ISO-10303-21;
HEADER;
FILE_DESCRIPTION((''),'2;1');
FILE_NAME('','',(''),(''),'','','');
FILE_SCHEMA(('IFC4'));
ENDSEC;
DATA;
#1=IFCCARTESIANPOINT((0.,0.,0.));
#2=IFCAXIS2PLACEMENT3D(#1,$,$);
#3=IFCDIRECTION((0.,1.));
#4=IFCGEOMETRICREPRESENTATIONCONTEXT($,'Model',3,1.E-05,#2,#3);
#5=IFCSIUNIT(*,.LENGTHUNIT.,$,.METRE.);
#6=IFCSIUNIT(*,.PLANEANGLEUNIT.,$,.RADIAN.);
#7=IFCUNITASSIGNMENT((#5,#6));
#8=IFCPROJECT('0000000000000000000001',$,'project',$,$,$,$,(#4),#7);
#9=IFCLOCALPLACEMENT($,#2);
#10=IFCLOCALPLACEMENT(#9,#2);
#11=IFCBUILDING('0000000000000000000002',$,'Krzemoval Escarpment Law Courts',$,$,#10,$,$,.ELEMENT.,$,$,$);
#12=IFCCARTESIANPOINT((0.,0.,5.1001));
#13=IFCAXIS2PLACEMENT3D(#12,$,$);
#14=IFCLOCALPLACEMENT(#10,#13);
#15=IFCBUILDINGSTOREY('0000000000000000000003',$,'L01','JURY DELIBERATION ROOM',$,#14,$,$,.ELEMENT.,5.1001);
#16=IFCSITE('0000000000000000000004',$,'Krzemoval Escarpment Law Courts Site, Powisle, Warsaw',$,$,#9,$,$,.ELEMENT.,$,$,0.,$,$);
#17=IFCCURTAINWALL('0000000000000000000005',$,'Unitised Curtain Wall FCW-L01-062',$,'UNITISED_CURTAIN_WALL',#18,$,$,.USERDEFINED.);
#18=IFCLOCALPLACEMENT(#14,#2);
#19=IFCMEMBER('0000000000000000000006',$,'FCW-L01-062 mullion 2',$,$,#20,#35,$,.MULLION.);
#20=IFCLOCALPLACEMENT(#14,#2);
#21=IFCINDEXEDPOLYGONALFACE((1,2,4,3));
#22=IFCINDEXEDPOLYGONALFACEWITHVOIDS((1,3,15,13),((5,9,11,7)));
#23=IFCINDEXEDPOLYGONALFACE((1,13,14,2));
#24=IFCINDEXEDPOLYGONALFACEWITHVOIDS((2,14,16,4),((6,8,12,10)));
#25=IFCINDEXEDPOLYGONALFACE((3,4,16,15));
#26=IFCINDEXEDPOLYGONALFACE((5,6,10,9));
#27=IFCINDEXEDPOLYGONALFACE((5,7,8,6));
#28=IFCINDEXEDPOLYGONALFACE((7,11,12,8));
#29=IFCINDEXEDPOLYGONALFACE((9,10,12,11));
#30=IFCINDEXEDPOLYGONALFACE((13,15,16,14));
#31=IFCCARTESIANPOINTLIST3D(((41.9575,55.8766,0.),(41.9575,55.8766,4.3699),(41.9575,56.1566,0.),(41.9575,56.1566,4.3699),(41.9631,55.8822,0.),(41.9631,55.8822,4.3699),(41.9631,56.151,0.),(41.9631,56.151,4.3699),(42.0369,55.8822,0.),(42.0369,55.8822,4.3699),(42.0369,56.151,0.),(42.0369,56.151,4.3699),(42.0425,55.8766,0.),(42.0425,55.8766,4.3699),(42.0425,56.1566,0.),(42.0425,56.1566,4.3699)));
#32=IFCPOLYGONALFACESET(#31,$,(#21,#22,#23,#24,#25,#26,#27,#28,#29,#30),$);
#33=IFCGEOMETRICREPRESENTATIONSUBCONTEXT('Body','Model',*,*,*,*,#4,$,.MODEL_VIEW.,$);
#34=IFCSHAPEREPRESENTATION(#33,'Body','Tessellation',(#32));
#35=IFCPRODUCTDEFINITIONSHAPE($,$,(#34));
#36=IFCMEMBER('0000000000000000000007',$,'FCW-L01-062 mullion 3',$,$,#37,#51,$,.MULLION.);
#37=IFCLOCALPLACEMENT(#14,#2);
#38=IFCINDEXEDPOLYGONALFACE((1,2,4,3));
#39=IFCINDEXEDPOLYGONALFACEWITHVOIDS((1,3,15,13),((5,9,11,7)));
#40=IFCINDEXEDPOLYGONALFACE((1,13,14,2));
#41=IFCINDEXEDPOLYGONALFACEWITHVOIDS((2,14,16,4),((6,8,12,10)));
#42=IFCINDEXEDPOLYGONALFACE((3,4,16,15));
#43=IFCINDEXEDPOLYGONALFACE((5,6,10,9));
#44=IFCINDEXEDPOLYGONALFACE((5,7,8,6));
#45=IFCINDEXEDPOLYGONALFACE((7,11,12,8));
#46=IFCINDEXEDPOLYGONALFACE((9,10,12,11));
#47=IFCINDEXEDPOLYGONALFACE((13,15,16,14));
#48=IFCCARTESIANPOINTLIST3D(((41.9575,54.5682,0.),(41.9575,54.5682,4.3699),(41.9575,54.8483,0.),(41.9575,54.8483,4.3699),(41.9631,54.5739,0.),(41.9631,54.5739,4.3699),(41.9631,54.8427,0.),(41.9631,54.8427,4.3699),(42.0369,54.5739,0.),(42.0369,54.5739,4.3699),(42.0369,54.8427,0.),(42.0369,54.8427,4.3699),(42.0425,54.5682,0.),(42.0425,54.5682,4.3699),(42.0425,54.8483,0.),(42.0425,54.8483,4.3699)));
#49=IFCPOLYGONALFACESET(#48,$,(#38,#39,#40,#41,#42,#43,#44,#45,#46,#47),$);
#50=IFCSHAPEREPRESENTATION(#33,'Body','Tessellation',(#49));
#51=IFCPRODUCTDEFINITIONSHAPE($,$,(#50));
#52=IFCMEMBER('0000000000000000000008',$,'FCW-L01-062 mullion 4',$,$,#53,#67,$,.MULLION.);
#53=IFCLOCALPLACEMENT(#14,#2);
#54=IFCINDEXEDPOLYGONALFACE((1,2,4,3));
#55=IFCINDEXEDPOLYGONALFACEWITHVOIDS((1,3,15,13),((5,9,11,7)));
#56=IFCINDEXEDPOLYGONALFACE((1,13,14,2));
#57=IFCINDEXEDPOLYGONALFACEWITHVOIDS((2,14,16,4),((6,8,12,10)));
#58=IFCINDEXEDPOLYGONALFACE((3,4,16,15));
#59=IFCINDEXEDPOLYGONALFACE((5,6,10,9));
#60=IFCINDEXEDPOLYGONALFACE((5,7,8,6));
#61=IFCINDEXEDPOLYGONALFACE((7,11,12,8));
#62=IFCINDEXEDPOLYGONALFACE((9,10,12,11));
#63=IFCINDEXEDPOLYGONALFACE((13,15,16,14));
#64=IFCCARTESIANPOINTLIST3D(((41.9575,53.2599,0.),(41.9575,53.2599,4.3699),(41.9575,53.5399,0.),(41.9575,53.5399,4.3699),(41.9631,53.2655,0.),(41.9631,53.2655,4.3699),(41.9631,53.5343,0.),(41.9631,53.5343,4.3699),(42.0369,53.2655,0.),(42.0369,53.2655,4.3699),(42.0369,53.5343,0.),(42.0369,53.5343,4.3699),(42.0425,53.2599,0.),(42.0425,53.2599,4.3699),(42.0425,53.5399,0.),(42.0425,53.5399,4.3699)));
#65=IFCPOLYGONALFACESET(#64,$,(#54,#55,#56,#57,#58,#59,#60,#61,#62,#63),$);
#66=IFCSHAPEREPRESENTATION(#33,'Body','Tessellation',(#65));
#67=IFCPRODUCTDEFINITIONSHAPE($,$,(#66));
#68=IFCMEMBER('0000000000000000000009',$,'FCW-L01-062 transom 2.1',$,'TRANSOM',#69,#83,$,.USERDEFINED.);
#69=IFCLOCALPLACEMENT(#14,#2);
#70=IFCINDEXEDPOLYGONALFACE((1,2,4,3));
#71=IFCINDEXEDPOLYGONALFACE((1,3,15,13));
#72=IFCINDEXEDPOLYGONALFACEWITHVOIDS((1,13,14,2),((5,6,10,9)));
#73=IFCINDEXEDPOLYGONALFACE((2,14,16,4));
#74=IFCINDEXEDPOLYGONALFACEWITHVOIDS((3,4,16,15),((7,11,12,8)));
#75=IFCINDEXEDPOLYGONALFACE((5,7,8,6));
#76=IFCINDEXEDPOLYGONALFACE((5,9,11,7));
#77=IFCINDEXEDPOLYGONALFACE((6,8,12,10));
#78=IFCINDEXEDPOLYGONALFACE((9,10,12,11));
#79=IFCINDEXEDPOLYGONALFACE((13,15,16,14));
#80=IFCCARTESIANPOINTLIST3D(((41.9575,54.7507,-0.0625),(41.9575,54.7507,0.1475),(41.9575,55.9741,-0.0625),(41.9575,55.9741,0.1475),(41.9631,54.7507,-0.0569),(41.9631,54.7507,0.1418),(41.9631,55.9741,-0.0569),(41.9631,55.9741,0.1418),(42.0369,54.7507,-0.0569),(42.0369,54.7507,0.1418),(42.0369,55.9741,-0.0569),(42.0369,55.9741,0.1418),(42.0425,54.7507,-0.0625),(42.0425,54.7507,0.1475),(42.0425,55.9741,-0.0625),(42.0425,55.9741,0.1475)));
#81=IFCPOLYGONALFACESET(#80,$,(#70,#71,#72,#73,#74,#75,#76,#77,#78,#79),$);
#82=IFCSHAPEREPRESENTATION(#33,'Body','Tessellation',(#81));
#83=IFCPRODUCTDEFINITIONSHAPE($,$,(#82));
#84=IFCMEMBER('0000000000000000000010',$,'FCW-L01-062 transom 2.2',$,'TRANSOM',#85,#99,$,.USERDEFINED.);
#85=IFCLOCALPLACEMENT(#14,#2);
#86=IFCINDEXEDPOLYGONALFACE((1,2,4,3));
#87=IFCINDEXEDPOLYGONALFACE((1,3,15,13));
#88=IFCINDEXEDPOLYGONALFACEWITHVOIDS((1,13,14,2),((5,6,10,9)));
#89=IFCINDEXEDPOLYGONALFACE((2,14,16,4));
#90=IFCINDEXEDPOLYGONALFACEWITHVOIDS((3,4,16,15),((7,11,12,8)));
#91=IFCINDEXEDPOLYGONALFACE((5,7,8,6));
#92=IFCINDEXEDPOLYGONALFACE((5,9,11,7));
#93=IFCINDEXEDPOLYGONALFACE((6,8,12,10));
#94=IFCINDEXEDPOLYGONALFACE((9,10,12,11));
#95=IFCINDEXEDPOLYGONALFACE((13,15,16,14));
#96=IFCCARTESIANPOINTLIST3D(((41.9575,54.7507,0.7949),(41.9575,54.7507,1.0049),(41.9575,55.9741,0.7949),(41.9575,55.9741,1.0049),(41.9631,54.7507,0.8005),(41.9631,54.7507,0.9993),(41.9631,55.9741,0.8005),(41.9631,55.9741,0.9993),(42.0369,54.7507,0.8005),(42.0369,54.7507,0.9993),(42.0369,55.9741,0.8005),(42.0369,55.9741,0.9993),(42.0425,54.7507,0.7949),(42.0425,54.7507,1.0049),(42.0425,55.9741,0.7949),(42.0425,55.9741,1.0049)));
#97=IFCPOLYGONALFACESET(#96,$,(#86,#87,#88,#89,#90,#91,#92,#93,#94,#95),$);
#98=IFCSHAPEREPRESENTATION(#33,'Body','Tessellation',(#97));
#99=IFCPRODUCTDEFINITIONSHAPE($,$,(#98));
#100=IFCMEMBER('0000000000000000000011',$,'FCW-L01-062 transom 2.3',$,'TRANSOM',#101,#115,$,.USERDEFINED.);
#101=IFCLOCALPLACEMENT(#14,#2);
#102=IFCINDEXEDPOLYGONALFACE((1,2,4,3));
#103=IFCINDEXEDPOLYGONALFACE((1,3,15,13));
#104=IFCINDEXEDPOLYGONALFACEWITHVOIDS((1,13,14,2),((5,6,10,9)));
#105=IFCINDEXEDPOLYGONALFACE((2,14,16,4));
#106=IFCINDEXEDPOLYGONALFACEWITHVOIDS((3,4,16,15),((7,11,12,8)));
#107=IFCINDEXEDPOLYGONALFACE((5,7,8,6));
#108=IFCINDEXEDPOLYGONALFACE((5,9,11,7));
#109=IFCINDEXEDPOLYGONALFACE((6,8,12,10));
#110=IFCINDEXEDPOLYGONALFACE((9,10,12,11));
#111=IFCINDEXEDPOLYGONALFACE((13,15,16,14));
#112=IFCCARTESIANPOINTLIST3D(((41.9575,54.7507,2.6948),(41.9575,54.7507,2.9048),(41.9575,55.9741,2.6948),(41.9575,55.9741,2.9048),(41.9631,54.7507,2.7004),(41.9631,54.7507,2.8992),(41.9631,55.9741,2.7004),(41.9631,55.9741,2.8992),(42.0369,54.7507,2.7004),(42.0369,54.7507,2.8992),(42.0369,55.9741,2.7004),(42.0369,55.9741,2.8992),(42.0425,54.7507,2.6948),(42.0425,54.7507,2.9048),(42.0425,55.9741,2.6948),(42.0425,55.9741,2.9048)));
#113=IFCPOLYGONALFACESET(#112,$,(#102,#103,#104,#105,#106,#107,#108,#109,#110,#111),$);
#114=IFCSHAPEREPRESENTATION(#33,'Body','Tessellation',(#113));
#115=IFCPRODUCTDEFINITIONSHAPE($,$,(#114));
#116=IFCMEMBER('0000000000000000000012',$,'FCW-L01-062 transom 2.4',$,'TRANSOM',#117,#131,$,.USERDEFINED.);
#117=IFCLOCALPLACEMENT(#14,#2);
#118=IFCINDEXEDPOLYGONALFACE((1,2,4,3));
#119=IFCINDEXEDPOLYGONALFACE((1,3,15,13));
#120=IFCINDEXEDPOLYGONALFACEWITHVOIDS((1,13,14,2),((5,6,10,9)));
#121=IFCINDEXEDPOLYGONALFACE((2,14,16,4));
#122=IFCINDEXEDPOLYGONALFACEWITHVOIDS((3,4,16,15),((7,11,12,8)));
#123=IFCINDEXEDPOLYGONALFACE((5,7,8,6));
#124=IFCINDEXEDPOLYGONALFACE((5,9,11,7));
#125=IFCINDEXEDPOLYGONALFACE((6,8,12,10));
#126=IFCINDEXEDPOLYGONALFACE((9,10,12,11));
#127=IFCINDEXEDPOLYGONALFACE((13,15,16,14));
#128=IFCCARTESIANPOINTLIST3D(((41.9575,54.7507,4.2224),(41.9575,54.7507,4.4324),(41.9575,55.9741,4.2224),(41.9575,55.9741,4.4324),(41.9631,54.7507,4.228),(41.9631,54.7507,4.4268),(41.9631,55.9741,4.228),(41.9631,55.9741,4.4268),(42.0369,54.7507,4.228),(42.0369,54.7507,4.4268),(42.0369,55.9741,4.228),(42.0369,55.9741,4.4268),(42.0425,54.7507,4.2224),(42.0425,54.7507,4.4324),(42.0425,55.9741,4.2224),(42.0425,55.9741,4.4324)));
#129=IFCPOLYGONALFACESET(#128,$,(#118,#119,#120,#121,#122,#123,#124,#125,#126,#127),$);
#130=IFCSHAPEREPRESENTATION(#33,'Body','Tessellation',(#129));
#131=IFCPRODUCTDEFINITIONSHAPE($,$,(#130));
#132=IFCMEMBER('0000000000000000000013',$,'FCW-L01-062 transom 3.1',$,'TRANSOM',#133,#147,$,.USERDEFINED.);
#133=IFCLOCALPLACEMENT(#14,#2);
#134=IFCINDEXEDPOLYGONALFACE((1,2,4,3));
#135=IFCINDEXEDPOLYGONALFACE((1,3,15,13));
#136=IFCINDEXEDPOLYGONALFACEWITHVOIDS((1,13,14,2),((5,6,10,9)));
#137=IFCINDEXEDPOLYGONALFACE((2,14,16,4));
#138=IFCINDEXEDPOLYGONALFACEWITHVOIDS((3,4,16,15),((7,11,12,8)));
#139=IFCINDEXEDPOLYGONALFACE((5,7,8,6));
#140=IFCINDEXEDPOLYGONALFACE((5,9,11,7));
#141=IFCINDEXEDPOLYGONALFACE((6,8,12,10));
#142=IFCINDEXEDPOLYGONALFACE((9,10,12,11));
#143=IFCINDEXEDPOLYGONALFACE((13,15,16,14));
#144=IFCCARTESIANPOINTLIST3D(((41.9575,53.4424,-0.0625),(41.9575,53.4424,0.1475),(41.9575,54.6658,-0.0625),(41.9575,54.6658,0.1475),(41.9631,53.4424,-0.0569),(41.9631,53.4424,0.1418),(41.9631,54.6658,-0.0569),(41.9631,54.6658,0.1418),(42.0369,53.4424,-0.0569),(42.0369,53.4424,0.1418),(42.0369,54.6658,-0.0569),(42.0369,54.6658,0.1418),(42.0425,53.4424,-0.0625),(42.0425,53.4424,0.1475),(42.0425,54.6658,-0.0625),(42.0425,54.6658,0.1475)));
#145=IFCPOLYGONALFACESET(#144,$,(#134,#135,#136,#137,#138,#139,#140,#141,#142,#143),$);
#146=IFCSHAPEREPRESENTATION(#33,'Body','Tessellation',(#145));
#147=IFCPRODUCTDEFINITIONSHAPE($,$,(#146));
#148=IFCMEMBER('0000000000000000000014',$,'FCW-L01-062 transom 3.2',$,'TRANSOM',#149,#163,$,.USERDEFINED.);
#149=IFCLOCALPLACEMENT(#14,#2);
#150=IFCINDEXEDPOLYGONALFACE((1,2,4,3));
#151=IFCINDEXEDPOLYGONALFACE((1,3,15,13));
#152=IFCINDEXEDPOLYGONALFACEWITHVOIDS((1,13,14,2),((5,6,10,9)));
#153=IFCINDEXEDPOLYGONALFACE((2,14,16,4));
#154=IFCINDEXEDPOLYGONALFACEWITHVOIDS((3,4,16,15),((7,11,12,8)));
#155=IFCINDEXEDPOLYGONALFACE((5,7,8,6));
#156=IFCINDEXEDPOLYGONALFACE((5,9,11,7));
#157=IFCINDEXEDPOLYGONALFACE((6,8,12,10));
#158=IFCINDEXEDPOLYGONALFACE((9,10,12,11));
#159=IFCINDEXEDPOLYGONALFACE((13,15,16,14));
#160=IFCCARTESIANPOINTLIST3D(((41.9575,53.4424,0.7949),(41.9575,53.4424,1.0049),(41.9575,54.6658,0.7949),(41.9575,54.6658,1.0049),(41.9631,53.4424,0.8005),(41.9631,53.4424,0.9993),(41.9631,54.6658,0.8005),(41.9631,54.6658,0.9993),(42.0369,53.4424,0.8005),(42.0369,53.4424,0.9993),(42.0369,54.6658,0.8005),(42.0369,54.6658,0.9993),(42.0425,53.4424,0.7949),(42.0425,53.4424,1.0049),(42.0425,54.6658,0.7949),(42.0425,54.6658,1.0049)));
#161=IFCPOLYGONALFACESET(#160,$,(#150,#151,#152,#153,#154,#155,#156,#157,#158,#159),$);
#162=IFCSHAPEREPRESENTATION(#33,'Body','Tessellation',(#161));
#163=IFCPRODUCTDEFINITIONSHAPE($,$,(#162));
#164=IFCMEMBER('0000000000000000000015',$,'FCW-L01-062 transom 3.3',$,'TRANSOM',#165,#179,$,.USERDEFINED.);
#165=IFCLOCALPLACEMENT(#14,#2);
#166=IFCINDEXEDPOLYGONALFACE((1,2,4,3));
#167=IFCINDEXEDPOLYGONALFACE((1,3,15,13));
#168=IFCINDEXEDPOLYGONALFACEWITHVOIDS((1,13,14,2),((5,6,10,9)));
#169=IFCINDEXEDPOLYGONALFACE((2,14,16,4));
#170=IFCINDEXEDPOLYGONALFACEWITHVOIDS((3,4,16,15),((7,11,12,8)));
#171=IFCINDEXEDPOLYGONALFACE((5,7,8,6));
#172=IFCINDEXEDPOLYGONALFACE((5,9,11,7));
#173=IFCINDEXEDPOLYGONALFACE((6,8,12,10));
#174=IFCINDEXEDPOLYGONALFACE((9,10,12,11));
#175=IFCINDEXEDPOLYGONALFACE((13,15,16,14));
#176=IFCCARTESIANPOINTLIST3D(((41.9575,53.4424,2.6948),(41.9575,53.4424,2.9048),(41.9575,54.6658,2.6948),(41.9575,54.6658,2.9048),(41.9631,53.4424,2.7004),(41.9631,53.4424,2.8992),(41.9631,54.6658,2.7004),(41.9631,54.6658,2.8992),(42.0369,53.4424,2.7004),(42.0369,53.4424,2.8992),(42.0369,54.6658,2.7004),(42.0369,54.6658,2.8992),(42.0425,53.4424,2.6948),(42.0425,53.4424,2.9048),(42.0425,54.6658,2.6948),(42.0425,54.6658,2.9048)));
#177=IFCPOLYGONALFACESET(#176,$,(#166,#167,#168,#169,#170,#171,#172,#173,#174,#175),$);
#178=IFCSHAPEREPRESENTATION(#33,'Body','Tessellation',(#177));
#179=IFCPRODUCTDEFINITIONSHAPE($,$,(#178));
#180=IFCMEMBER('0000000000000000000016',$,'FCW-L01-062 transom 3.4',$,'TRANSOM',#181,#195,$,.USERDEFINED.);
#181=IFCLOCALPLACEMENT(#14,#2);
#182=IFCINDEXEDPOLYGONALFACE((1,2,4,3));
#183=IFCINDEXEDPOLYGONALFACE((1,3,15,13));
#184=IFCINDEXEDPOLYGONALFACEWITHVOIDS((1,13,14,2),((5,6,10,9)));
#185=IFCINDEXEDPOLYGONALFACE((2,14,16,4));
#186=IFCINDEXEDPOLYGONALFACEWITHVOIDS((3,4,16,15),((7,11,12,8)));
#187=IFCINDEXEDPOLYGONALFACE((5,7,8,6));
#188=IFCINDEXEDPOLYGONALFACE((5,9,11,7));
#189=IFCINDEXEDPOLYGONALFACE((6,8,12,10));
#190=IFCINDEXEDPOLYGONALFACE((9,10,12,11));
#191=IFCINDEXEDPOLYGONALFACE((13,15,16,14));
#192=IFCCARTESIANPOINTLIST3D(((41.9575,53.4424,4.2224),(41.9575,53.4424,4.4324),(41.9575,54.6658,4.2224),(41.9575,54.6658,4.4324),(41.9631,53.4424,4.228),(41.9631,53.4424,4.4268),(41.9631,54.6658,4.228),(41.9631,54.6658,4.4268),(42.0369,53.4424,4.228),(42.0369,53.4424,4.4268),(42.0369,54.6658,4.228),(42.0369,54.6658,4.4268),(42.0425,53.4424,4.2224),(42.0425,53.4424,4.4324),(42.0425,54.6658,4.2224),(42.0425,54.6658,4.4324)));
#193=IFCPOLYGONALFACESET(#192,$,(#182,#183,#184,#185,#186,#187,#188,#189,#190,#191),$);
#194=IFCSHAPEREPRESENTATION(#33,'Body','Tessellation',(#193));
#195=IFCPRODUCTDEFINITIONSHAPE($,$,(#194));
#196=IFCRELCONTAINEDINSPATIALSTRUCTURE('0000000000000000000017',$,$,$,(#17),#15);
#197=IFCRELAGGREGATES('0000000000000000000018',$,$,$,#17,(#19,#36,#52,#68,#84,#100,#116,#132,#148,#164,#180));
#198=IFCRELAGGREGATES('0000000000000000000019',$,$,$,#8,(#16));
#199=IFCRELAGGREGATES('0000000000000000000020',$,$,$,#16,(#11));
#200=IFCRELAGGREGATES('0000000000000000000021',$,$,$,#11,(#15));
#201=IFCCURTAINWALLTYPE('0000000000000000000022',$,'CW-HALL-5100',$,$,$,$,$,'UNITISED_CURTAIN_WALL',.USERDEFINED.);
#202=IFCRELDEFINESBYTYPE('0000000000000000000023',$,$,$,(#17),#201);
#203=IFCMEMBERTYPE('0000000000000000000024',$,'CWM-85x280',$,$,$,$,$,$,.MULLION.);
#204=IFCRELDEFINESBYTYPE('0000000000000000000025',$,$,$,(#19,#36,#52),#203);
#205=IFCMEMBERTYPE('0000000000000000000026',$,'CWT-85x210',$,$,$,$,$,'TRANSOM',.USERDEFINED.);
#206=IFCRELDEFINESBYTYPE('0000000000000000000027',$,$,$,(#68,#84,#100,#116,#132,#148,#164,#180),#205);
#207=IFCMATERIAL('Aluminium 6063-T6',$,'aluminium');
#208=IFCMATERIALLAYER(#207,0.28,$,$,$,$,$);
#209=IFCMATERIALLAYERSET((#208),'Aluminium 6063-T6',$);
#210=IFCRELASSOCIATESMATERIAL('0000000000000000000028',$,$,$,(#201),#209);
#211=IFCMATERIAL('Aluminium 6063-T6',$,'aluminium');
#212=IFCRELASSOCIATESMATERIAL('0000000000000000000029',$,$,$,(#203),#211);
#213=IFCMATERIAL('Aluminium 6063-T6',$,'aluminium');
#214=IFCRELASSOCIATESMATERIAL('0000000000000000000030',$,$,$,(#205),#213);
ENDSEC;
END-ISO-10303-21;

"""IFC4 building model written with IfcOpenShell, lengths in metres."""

from ifc_helpers import new_model, si_unit, direction, frame, origin, origin_2d, place, context, subcontext, project, spatial, hollow_rectangle, extrude, material, layer, layer_set, material_profile, profile_set, type_object, element, aggregate, save


model = new_model("IFC4")

# Units and contexts
model_context = context("Model", 3, precision=1e-05, world=origin(), true_north=direction((0.0, 1.0)))
body_context = subcontext(model_context, "Body", "Model", "MODEL_VIEW")
ifc_project = project(units=[si_unit("LENGTHUNIT", "METRE"), si_unit("PLANEANGLEUNIT", "RADIAN")], contexts=[model_context])

# Site, building, storey
site_placement = place(None, origin())
site = spatial("IfcSite", under=ifc_project, at=site_placement, Name="Krzemoval Escarpment Law Courts Site, Powisle, Warsaw", CompositionType="ELEMENT", RefElevation=0.0)
building_placement = place(site_placement, origin())
building = spatial("IfcBuilding", under=site, at=building_placement, Name="Krzemoval Escarpment Law Courts", CompositionType="ELEMENT")
storey_placement = place(building_placement, frame((0.0, 0.0, 5.1001)))
storey = spatial("IfcBuildingStorey", under=building, at=storey_placement, Name="L01", Description="JURY DELIBERATION ROOM", CompositionType="ELEMENT", Elevation=5.1001)

# Curtain wall, members
ifc_material_1 = material(Name="Aluminium 6063-T6", Category="aluminium")
ifc_layer_1 = layer(ifc_material_1, 0.28)
ifc_layer_set_1 = layer_set([ifc_layer_1], Name="Aluminium 6063-T6")
curtain_wall_type = type_object("IfcCurtainWallType", Name="CW-HALL-5100", ElementType="UNITISED_CURTAIN_WALL", PredefinedType="USERDEFINED", material=ifc_layer_set_1)
curtain_wall_placement = place(storey_placement, origin())
curtain_wall = element("IfcCurtainWall", 1, at=curtain_wall_placement, inside=storey, type_object=curtain_wall_type, Name="Unitised Curtain Wall FCW-L01-062", ObjectType="UNITISED_CURTAIN_WALL", PredefinedType="USERDEFINED")
ifc_material_2 = material(Name="Aluminium 6063-T6", Category="aluminium")
ifc_material_profile_1 = material_profile(ifc_material_2, hollow_rectangle(XDim=0.085, YDim=0.28, WallThickness=0.0056, at=origin_2d()), Name="ALU M85x280")
ifc_profile_set_1 = profile_set([ifc_material_profile_1], Name="Aluminium 6063-T6")
member_type_1 = type_object("IfcMemberType", Name="CWM-85x280", PredefinedType="MULLION", material=ifc_profile_set_1)
member_1_placement = place(storey_placement, frame((42.0, 56.0166, 0.0), z_axis=(0.0, 0.0, 1.0), x_axis=(1.0, 0.0, 0.0)))
member_1 = element("IfcMember", 2, at=member_1_placement, type_object=member_type_1, Name="FCW-L01-062 mullion 2", PredefinedType="MULLION", context=body_context, shape_type="SweptSolid", body=[
    extrude(hollow_rectangle(XDim=0.085, YDim=0.28, WallThickness=0.0056, at=origin_2d()), origin(), (0.0, 0.0, 1.0), 4.3699),
])
member_2_placement = place(storey_placement, frame((42.0, 54.7083, 0.0), z_axis=(0.0, 0.0, 1.0), x_axis=(1.0, 0.0, 0.0)))
member_2 = element("IfcMember", 3, at=member_2_placement, type_object=member_type_1, Name="FCW-L01-062 mullion 3", PredefinedType="MULLION", context=body_context, shape_type="SweptSolid", body=[
    extrude(hollow_rectangle(XDim=0.085, YDim=0.28, WallThickness=0.0056, at=origin_2d()), origin(), (0.0, 0.0, 1.0), 4.3699),
])
member_3_placement = place(storey_placement, frame((42.0, 53.3999, 0.0), z_axis=(0.0, 0.0, 1.0), x_axis=(1.0, 0.0, 0.0)))
member_3 = element("IfcMember", 4, at=member_3_placement, type_object=member_type_1, Name="FCW-L01-062 mullion 4", PredefinedType="MULLION", context=body_context, shape_type="SweptSolid", body=[
    extrude(hollow_rectangle(XDim=0.085, YDim=0.28, WallThickness=0.0056, at=origin_2d()), origin(), (0.0, 0.0, 1.0), 4.3699),
])
ifc_material_3 = material(Name="Aluminium 6063-T6", Category="aluminium")
ifc_material_profile_2 = material_profile(ifc_material_3, hollow_rectangle(XDim=0.085, YDim=0.21, WallThickness=0.0056, at=origin_2d()), Name="ALU T85x210")
ifc_profile_set_2 = profile_set([ifc_material_profile_2], Name="Aluminium 6063-T6")
member_type_2 = type_object("IfcMemberType", Name="CWT-85x210", ElementType="TRANSOM", PredefinedType="USERDEFINED", material=ifc_profile_set_2)
member_4_placement = place(storey_placement, frame((42.0, 55.9741, 0.0425), z_axis=(0.0, -1.0, 0.0), x_axis=(1.0, 0.0, 0.0)))
member_4 = element("IfcMember", 5, at=member_4_placement, type_object=member_type_2, Name="FCW-L01-062 transom 2.1", ObjectType="TRANSOM", PredefinedType="USERDEFINED", context=body_context, shape_type="SweptSolid", body=[
    extrude(hollow_rectangle(XDim=0.085, YDim=0.21, WallThickness=0.0056, at=origin_2d()), origin(), (0.0, 0.0, 1.0), 1.2234),
])
member_5_placement = place(storey_placement, frame((42.0, 55.9741, 0.8999), z_axis=(0.0, -1.0, 0.0), x_axis=(1.0, 0.0, 0.0)))
member_5 = element("IfcMember", 6, at=member_5_placement, type_object=member_type_2, Name="FCW-L01-062 transom 2.2", ObjectType="TRANSOM", PredefinedType="USERDEFINED", context=body_context, shape_type="SweptSolid", body=[
    extrude(hollow_rectangle(XDim=0.085, YDim=0.21, WallThickness=0.0056, at=origin_2d()), origin(), (0.0, 0.0, 1.0), 1.2234),
])
member_6_placement = place(storey_placement, frame((42.0, 55.9741, 2.7998), z_axis=(0.0, -1.0, 0.0), x_axis=(1.0, 0.0, 0.0)))
member_6 = element("IfcMember", 7, at=member_6_placement, type_object=member_type_2, Name="FCW-L01-062 transom 2.3", ObjectType="TRANSOM", PredefinedType="USERDEFINED", context=body_context, shape_type="SweptSolid", body=[
    extrude(hollow_rectangle(XDim=0.085, YDim=0.21, WallThickness=0.0056, at=origin_2d()), origin(), (0.0, 0.0, 1.0), 1.2234),
])
member_7_placement = place(storey_placement, frame((42.0, 55.9741, 4.3274), z_axis=(0.0, -1.0, 0.0), x_axis=(1.0, 0.0, 0.0)))
member_7 = element("IfcMember", 8, at=member_7_placement, type_object=member_type_2, Name="FCW-L01-062 transom 2.4", ObjectType="TRANSOM", PredefinedType="USERDEFINED", context=body_context, shape_type="SweptSolid", body=[
    extrude(hollow_rectangle(XDim=0.085, YDim=0.21, WallThickness=0.0056, at=origin_2d()), origin(), (0.0, 0.0, 1.0), 1.2234),
])
member_8_placement = place(storey_placement, frame((42.0, 54.6658, 0.0425), z_axis=(0.0, -1.0, 0.0), x_axis=(1.0, 0.0, 0.0)))
member_8 = element("IfcMember", 9, at=member_8_placement, type_object=member_type_2, Name="FCW-L01-062 transom 3.1", ObjectType="TRANSOM", PredefinedType="USERDEFINED", context=body_context, shape_type="SweptSolid", body=[
    extrude(hollow_rectangle(XDim=0.085, YDim=0.21, WallThickness=0.0056, at=origin_2d()), origin(), (0.0, 0.0, 1.0), 1.2234),
])
member_9_placement = place(storey_placement, frame((42.0, 54.6658, 0.8999), z_axis=(0.0, -1.0, 0.0), x_axis=(1.0, 0.0, 0.0)))
member_9 = element("IfcMember", 10, at=member_9_placement, type_object=member_type_2, Name="FCW-L01-062 transom 3.2", ObjectType="TRANSOM", PredefinedType="USERDEFINED", context=body_context, shape_type="SweptSolid", body=[
    extrude(hollow_rectangle(XDim=0.085, YDim=0.21, WallThickness=0.0056, at=origin_2d()), origin(), (0.0, 0.0, 1.0), 1.2234),
])
member_10_placement = place(storey_placement, frame((42.0, 54.6658, 2.7998), z_axis=(0.0, -1.0, 0.0), x_axis=(1.0, 0.0, 0.0)))
member_10 = element("IfcMember", 11, at=member_10_placement, type_object=member_type_2, Name="FCW-L01-062 transom 3.3", ObjectType="TRANSOM", PredefinedType="USERDEFINED", context=body_context, shape_type="SweptSolid", body=[
    extrude(hollow_rectangle(XDim=0.085, YDim=0.21, WallThickness=0.0056, at=origin_2d()), origin(), (0.0, 0.0, 1.0), 1.2234),
])
member_11_placement = place(storey_placement, frame((42.0, 54.6658, 4.3274), z_axis=(0.0, -1.0, 0.0), x_axis=(1.0, 0.0, 0.0)))
member_11 = element("IfcMember", 12, at=member_11_placement, type_object=member_type_2, Name="FCW-L01-062 transom 3.4", ObjectType="TRANSOM", PredefinedType="USERDEFINED", context=body_context, shape_type="SweptSolid", body=[
    extrude(hollow_rectangle(XDim=0.085, YDim=0.21, WallThickness=0.0056, at=origin_2d()), origin(), (0.0, 0.0, 1.0), 1.2234),
])

aggregate(curtain_wall, [member_1, member_2, member_3, member_4, member_5, member_6, member_7, member_8, member_9, member_10, member_11])

save(model, "model.ifc")
